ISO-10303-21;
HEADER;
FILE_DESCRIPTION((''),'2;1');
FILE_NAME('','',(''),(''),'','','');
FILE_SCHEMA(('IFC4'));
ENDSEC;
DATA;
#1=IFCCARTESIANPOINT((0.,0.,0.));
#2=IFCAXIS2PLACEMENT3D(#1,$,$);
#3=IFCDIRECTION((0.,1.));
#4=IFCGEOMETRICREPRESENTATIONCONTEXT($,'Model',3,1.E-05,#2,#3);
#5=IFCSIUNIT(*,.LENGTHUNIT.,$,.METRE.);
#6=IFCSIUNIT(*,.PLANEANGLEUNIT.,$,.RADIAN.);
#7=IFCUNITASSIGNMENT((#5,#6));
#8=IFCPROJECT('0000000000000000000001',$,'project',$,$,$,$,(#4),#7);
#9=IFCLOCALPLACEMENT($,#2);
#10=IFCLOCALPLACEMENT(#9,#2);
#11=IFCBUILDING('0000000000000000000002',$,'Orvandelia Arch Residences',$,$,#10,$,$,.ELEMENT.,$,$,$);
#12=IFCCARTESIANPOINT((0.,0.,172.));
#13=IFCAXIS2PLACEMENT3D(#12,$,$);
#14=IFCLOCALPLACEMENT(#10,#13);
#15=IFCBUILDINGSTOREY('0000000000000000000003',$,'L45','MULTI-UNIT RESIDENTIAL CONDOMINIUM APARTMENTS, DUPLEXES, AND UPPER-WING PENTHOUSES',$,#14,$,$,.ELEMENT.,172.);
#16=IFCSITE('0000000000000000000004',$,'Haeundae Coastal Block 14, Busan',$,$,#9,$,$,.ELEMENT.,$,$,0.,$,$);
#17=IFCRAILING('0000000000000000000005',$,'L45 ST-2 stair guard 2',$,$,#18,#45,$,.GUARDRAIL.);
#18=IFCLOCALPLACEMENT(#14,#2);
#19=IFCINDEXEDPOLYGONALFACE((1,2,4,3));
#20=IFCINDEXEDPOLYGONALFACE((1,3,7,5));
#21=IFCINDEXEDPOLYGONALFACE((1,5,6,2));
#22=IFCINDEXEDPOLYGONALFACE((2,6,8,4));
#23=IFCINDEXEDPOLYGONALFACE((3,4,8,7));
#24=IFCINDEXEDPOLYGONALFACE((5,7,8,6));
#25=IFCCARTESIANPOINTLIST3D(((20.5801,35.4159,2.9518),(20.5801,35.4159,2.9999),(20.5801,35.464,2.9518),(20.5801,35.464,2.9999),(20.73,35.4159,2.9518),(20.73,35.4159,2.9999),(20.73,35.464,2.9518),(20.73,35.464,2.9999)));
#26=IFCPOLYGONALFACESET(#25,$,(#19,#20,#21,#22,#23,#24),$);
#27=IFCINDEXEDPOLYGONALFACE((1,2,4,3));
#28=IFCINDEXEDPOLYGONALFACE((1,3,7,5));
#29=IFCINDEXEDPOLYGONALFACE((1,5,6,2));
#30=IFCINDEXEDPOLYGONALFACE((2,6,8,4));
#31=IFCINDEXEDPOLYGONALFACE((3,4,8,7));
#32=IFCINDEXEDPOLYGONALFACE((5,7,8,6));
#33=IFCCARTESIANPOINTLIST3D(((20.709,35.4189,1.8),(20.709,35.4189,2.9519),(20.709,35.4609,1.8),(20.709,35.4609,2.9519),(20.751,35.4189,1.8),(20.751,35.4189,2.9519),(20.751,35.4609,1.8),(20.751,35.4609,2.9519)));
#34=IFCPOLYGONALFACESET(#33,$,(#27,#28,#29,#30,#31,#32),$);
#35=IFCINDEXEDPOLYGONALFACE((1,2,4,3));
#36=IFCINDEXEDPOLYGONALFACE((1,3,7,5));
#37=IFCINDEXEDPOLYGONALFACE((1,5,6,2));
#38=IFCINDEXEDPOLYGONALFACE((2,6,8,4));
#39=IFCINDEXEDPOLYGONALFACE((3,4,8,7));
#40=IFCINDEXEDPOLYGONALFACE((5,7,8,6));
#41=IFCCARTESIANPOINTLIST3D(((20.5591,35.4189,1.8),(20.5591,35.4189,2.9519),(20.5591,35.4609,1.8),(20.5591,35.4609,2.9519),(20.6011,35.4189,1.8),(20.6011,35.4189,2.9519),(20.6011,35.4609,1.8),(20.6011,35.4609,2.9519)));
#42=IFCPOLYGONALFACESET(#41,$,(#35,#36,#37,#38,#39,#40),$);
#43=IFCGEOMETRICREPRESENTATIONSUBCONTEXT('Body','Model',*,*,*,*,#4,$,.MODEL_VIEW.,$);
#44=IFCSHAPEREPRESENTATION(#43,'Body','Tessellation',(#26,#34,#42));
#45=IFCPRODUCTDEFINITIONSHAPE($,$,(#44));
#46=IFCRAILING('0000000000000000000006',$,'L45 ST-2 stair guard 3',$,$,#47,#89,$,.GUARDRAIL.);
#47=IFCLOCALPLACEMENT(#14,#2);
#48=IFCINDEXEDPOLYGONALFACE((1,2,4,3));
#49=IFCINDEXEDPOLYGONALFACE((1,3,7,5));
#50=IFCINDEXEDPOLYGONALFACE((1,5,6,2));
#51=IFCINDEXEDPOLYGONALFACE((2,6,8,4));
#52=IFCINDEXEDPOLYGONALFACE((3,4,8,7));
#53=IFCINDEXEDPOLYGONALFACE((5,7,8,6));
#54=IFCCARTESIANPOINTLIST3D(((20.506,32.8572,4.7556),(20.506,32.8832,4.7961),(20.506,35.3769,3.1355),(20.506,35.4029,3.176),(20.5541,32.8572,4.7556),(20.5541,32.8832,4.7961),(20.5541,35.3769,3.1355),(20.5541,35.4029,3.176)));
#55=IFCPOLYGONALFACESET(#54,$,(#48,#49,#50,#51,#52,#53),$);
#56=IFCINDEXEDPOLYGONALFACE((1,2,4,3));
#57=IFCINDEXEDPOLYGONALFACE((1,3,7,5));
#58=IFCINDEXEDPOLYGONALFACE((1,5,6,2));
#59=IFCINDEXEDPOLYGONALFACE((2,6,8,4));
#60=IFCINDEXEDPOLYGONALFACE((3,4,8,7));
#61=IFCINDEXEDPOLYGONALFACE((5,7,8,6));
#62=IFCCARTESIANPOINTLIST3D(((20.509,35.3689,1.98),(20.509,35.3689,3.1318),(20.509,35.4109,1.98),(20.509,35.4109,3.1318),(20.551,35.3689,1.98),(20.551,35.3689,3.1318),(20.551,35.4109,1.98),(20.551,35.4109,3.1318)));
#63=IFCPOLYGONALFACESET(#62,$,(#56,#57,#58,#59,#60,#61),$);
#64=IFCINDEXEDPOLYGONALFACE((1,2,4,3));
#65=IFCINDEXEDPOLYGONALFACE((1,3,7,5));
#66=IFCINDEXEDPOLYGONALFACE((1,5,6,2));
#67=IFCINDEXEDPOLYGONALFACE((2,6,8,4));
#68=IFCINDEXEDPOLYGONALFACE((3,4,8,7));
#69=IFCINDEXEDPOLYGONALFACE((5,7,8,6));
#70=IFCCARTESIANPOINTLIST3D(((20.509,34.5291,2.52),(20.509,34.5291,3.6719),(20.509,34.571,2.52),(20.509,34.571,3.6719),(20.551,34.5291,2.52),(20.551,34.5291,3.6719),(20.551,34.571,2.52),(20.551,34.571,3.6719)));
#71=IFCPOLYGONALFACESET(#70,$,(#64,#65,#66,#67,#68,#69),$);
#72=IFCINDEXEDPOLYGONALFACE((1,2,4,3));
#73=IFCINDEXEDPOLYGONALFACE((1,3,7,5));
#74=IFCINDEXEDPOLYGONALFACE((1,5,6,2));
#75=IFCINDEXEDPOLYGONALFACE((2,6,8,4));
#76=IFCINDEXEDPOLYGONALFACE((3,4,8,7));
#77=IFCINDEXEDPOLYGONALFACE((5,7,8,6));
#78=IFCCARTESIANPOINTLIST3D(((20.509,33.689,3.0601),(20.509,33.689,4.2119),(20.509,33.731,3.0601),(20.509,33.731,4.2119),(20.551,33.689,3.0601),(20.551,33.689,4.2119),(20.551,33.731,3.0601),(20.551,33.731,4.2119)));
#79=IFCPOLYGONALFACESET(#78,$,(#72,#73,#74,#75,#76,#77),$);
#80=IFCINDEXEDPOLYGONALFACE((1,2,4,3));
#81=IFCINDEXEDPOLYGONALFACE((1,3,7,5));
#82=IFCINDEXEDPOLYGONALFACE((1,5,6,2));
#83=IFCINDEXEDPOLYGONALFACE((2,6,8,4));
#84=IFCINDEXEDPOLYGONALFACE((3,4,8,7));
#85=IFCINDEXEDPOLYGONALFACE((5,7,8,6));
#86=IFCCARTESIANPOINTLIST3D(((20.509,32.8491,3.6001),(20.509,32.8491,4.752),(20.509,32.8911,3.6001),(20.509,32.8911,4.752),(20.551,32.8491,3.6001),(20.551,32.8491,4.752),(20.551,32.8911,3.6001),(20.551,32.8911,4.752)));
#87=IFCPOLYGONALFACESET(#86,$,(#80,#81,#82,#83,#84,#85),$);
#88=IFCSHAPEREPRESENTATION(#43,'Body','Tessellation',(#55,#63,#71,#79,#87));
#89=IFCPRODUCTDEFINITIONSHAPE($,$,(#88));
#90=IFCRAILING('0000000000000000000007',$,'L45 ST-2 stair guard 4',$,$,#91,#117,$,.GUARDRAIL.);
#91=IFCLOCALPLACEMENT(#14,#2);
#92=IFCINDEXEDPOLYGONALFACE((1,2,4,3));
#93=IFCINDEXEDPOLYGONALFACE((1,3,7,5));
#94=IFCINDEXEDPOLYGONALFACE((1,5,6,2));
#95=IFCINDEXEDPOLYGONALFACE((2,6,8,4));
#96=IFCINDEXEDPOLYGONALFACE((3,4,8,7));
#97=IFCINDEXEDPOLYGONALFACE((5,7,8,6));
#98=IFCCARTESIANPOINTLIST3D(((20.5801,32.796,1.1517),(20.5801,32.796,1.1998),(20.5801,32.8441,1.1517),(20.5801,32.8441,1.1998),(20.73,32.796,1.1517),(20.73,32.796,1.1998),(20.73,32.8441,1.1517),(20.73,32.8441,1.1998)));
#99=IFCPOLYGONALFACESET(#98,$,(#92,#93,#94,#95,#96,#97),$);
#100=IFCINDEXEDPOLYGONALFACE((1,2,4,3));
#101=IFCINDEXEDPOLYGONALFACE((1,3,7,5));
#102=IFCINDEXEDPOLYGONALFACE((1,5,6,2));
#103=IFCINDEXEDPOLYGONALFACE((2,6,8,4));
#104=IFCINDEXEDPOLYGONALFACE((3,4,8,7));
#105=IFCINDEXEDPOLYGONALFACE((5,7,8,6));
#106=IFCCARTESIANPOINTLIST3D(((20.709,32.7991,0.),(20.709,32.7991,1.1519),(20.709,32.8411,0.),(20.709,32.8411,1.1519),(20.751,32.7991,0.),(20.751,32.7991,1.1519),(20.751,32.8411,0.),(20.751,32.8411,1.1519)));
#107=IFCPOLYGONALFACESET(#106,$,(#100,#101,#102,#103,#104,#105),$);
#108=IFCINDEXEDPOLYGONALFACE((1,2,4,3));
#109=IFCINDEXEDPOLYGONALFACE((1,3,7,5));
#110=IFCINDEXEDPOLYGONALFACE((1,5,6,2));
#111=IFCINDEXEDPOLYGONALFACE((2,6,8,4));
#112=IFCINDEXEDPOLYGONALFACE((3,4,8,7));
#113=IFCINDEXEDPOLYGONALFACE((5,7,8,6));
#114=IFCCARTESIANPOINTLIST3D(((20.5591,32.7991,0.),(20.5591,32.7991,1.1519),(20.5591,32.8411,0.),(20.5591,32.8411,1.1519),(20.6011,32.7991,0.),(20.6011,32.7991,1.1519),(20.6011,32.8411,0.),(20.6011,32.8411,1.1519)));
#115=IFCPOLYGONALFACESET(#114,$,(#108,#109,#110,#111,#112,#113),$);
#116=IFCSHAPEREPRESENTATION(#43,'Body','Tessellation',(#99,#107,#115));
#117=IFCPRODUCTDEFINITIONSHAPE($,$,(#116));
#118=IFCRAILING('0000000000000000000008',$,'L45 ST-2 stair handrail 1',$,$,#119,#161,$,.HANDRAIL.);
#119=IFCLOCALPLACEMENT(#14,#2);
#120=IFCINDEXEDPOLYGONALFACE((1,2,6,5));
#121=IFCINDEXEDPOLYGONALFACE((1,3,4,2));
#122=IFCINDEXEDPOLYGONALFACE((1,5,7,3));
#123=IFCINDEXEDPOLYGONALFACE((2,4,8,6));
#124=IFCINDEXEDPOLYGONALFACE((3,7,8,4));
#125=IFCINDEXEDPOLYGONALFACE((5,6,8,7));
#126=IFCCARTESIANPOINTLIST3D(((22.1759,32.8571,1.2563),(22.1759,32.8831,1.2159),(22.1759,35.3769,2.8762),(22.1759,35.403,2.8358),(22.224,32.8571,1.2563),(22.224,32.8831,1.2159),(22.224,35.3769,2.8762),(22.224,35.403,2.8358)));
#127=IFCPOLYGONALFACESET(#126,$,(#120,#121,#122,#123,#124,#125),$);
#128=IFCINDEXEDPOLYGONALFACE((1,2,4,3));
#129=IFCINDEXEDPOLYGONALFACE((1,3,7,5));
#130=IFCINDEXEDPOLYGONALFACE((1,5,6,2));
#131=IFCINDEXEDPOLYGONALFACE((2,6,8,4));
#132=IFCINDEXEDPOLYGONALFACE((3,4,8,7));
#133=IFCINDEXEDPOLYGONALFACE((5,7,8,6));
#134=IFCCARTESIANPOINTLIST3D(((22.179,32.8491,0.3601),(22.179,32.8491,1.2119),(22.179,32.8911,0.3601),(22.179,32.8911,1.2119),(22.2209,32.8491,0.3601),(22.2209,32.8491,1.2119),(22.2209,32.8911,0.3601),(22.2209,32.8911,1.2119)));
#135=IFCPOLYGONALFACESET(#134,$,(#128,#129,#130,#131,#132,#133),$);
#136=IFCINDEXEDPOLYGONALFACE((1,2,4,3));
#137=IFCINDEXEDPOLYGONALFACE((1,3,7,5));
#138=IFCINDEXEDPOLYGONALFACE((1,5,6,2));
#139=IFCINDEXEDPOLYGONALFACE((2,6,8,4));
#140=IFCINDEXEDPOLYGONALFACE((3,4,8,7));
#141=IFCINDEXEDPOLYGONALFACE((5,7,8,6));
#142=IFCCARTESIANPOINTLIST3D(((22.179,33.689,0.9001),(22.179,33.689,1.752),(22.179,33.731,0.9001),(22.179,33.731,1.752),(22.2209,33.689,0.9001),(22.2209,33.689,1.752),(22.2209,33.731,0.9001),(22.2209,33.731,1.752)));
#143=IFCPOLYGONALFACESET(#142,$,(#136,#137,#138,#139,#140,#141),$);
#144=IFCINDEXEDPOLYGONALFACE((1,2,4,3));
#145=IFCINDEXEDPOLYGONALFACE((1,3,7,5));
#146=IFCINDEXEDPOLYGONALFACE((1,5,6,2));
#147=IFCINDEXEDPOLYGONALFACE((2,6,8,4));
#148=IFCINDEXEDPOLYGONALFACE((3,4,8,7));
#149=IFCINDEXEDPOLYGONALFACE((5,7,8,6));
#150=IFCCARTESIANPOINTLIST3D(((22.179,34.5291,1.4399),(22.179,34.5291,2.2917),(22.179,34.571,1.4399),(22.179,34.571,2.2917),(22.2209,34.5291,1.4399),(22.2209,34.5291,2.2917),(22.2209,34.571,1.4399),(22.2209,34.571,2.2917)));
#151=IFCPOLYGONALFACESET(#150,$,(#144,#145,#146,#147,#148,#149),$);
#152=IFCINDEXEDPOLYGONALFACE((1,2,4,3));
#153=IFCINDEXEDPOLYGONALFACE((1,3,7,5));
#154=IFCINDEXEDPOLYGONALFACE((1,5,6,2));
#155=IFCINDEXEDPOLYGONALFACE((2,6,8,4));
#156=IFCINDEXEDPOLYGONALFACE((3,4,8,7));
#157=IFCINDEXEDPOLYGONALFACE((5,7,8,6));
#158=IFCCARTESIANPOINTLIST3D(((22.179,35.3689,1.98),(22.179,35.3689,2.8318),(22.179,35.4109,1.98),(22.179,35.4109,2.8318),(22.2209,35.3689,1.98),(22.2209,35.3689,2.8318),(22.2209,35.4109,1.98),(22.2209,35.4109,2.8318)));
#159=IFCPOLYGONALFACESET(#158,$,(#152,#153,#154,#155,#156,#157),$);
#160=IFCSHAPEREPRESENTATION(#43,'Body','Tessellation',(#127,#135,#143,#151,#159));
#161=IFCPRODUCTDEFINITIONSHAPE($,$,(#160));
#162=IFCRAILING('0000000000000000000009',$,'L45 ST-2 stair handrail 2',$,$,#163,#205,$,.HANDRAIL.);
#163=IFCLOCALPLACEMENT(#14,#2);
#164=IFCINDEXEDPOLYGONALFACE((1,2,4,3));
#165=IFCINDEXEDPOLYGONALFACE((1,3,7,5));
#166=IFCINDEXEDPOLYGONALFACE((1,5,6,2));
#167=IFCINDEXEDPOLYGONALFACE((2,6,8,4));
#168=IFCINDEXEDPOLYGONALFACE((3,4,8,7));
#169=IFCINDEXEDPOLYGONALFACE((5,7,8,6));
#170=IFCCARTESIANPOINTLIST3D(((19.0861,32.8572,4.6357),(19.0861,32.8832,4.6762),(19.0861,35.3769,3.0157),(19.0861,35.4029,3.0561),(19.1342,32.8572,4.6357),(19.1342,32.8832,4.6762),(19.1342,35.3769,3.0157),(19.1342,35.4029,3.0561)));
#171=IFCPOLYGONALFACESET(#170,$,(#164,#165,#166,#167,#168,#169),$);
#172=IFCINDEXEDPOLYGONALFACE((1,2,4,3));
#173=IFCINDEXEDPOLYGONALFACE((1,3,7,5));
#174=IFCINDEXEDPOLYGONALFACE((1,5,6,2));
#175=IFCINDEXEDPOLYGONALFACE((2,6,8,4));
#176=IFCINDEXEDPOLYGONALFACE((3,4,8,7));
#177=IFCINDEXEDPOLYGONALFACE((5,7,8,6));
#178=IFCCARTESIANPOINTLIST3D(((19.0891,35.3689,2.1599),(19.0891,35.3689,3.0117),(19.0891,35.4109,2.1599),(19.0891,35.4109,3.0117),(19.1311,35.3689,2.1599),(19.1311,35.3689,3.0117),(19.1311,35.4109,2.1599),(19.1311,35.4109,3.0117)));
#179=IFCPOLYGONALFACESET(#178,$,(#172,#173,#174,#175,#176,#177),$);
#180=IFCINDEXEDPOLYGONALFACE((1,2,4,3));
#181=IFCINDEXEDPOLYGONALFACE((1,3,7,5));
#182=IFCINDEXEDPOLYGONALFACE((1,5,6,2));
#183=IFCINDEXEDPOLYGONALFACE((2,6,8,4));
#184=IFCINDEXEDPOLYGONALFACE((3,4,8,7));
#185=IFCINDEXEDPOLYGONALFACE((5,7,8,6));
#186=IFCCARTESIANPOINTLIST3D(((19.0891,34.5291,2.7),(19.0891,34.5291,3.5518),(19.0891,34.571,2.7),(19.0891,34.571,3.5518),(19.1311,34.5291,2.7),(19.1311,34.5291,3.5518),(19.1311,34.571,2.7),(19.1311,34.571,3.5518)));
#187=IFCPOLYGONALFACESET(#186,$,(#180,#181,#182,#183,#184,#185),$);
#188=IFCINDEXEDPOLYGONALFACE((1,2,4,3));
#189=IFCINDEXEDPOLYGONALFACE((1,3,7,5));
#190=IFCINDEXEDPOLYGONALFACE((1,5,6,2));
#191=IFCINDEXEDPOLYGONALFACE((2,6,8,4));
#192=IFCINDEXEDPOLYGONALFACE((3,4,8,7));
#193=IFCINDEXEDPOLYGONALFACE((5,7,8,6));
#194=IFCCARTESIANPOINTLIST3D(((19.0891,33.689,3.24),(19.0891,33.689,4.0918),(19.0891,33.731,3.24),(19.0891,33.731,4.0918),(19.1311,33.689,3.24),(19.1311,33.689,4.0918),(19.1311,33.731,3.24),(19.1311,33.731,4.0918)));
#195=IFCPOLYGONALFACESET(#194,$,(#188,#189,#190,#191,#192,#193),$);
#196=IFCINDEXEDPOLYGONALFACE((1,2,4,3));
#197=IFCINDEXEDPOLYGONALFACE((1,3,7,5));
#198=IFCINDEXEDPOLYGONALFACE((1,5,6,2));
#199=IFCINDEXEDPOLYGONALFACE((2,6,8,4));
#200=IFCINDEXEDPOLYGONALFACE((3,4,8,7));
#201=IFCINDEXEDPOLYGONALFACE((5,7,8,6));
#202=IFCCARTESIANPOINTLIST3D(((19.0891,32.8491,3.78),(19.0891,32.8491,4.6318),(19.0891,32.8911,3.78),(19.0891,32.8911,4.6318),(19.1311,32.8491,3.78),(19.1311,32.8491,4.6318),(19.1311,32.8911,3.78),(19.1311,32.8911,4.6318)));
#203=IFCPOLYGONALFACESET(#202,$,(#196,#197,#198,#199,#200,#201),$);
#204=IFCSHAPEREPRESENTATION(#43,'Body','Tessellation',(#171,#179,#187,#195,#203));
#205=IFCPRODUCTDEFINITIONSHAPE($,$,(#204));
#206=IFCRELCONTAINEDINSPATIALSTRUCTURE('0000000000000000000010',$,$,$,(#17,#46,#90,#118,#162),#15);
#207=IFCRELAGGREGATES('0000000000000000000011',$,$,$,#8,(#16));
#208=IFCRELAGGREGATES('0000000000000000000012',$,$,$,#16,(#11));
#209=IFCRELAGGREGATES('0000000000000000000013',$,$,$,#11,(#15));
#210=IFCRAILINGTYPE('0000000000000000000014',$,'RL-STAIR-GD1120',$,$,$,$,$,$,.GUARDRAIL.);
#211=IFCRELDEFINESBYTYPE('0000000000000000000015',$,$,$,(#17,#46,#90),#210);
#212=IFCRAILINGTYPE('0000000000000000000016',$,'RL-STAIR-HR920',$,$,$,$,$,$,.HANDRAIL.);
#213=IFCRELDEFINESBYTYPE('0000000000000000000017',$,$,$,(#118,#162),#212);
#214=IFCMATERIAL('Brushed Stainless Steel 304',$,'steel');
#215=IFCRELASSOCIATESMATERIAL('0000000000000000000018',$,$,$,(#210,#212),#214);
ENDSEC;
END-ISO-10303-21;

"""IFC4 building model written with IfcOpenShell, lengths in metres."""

from ifc_helpers import new_model, si_unit, direction, frame, origin, origin_2d, place, context, subcontext, project, spatial, rectangle, extrude, material, type_object, element, save


model = new_model("IFC4")

# Units and contexts
model_context = context("Model", 3, precision=1e-05, world=origin(), true_north=direction((0.0, 1.0)))
body_context = subcontext(model_context, "Body", "Model", "MODEL_VIEW")
ifc_project = project(units=[si_unit("LENGTHUNIT", "METRE"), si_unit("PLANEANGLEUNIT", "RADIAN")], contexts=[model_context])

# Site, building, storey
site_placement = place(None, origin())
site = spatial("IfcSite", under=ifc_project, at=site_placement, Name="Haeundae Coastal Block 14, Busan", CompositionType="ELEMENT", RefElevation=0.0)
building_placement = place(site_placement, origin())
building = spatial("IfcBuilding", under=site, at=building_placement, Name="Orvandelia Arch Residences", CompositionType="ELEMENT")
storey_placement = place(building_placement, frame((0.0, 0.0, 172.0)))
storey = spatial("IfcBuildingStorey", under=building, at=storey_placement, Name="L45", Description="MULTI-UNIT RESIDENTIAL CONDOMINIUM APARTMENTS, DUPLEXES, AND UPPER-WING PENTHOUSES", CompositionType="ELEMENT", Elevation=172.0)

# Railings
ifc_material_1 = material(Name="Brushed Stainless Steel 304", Category="steel")
railing_type_1 = type_object("IfcRailingType", Name="RL-STAIR-GD1120", PredefinedType="GUARDRAIL", material=ifc_material_1)
railing_1_placement = place(storey_placement, frame((20.73, 35.4399, 1.8)))
element("IfcRailing", 1, at=railing_1_placement, inside=storey, type_object=railing_type_1, Name="L45 ST-2 stair guard 2", PredefinedType="GUARDRAIL", context=body_context, shape_type="SweptSolid", body=[
    extrude(rectangle(XDim=0.0481, YDim=0.0481, at=origin_2d()), frame((0.0, 0.0, 1.1758), z_axis=(-1.0, 0.0, 0.0), x_axis=(0.0, -1.0, 0.0)), (0.0, 0.0, 1.0), 0.1499),
    extrude(rectangle(XDim=0.042, YDim=0.042, at=origin_2d()), origin(), (0.0, 0.0, 1.0), 1.1519),
    extrude(rectangle(XDim=0.042, YDim=0.042, at=origin_2d()), frame((-0.1499, 0.0, 0.0)), (0.0, 0.0, 1.0), 1.1519),
])
railing_2_placement = place(storey_placement, frame((20.53, 35.3899, 1.98)))
element("IfcRailing", 2, at=railing_2_placement, inside=storey, type_object=railing_type_1, Name="L45 ST-2 stair guard 3", PredefinedType="GUARDRAIL", context=body_context, shape_type="SweptSolid", body=[
    extrude(rectangle(XDim=0.0481, YDim=0.0481, at=origin_2d()), frame((0.0, 0.0, 1.1758), z_axis=(0.0, -0.841139, 0.540819), x_axis=(1.0, 0.0, 0.0)), (0.0, 0.0, 1.0), 2.9956),
    extrude(rectangle(XDim=0.042, YDim=0.042, at=origin_2d()), origin(), (0.0, 0.0, 1.0), 1.1519),
    extrude(rectangle(XDim=0.042, YDim=0.042, at=origin_2d()), frame((0.0, -0.8398, 0.54)), (0.0, 0.0, 1.0), 1.1519),
    extrude(rectangle(XDim=0.042, YDim=0.042, at=origin_2d()), frame((0.0, -1.6799, 1.0801)), (0.0, 0.0, 1.0), 1.1519),
    extrude(rectangle(XDim=0.042, YDim=0.042, at=origin_2d()), frame((0.0, -2.5198, 1.6201)), (0.0, 0.0, 1.0), 1.1519),
])
railing_3_placement = place(storey_placement, frame((20.73, 32.8201, 0.0)))
element("IfcRailing", 3, at=railing_3_placement, inside=storey, type_object=railing_type_1, Name="L45 ST-2 stair guard 4", PredefinedType="GUARDRAIL", context=body_context, shape_type="SweptSolid", body=[
    extrude(rectangle(XDim=0.0481, YDim=0.0481, at=origin_2d()), frame((0.0, 0.0, 1.1758), z_axis=(-1.0, 0.0, 0.0), x_axis=(0.0, -1.0, 0.0)), (0.0, 0.0, 1.0), 0.1499),
    extrude(rectangle(XDim=0.042, YDim=0.042, at=origin_2d()), origin(), (0.0, 0.0, 1.0), 1.1519),
    extrude(rectangle(XDim=0.042, YDim=0.042, at=origin_2d()), frame((-0.1499, 0.0, 0.0)), (0.0, 0.0, 1.0), 1.1519),
])
railing_type_2 = type_object("IfcRailingType", Name="RL-STAIR-HR920", PredefinedType="HANDRAIL", material=ifc_material_1)
railing_4_placement = place(storey_placement, frame((22.2, 32.8701, 0.3601)))
element("IfcRailing", 4, at=railing_4_placement, inside=storey, type_object=railing_type_2, Name="L45 ST-2 stair handrail 1", PredefinedType="HANDRAIL", context=body_context, shape_type="SweptSolid", body=[
    extrude(rectangle(XDim=0.0481, YDim=0.0481, at=origin_2d()), frame((0.0, 0.0, 0.876), z_axis=(0.0, 0.841176, 0.540762), x_axis=(-1.0, 0.0, 0.0)), (0.0, 0.0, 1.0), 2.9956),
    extrude(rectangle(XDim=0.042, YDim=0.042, at=origin_2d()), origin(), (0.0, 0.0, 1.0), 0.8518),
    extrude(rectangle(XDim=0.042, YDim=0.042, at=origin_2d()), frame((0.0, 0.8398, 0.54)), (0.0, 0.0, 1.0), 0.8518),
    extrude(rectangle(XDim=0.042, YDim=0.042, at=origin_2d()), frame((0.0, 1.6799, 1.0798)), (0.0, 0.0, 1.0), 0.8518),
    extrude(rectangle(XDim=0.042, YDim=0.042, at=origin_2d()), frame((0.0, 2.5198, 1.6199)), (0.0, 0.0, 1.0), 0.8518),
])
railing_5_placement = place(storey_placement, frame((19.1101, 35.3899, 2.1599)))
element("IfcRailing", 5, at=railing_5_placement, inside=storey, type_object=railing_type_2, Name="L45 ST-2 stair handrail 2", PredefinedType="HANDRAIL", context=body_context, shape_type="SweptSolid", body=[
    extrude(rectangle(XDim=0.0481, YDim=0.0481, at=origin_2d()), frame((0.0, 0.0, 0.876), z_axis=(0.0, -0.841139, 0.540819), x_axis=(1.0, 0.0, 0.0)), (0.0, 0.0, 1.0), 2.9956),
    extrude(rectangle(XDim=0.042, YDim=0.042, at=origin_2d()), origin(), (0.0, 0.0, 1.0), 0.8518),
    extrude(rectangle(XDim=0.042, YDim=0.042, at=origin_2d()), frame((0.0, -0.8398, 0.54)), (0.0, 0.0, 1.0), 0.8518),
    extrude(rectangle(XDim=0.042, YDim=0.042, at=origin_2d()), frame((0.0, -1.6799, 1.0801)), (0.0, 0.0, 1.0), 0.8518),
    extrude(rectangle(XDim=0.042, YDim=0.042, at=origin_2d()), frame((0.0, -2.5198, 1.6201)), (0.0, 0.0, 1.0), 0.8518),
])

save(model, "model.ifc")
